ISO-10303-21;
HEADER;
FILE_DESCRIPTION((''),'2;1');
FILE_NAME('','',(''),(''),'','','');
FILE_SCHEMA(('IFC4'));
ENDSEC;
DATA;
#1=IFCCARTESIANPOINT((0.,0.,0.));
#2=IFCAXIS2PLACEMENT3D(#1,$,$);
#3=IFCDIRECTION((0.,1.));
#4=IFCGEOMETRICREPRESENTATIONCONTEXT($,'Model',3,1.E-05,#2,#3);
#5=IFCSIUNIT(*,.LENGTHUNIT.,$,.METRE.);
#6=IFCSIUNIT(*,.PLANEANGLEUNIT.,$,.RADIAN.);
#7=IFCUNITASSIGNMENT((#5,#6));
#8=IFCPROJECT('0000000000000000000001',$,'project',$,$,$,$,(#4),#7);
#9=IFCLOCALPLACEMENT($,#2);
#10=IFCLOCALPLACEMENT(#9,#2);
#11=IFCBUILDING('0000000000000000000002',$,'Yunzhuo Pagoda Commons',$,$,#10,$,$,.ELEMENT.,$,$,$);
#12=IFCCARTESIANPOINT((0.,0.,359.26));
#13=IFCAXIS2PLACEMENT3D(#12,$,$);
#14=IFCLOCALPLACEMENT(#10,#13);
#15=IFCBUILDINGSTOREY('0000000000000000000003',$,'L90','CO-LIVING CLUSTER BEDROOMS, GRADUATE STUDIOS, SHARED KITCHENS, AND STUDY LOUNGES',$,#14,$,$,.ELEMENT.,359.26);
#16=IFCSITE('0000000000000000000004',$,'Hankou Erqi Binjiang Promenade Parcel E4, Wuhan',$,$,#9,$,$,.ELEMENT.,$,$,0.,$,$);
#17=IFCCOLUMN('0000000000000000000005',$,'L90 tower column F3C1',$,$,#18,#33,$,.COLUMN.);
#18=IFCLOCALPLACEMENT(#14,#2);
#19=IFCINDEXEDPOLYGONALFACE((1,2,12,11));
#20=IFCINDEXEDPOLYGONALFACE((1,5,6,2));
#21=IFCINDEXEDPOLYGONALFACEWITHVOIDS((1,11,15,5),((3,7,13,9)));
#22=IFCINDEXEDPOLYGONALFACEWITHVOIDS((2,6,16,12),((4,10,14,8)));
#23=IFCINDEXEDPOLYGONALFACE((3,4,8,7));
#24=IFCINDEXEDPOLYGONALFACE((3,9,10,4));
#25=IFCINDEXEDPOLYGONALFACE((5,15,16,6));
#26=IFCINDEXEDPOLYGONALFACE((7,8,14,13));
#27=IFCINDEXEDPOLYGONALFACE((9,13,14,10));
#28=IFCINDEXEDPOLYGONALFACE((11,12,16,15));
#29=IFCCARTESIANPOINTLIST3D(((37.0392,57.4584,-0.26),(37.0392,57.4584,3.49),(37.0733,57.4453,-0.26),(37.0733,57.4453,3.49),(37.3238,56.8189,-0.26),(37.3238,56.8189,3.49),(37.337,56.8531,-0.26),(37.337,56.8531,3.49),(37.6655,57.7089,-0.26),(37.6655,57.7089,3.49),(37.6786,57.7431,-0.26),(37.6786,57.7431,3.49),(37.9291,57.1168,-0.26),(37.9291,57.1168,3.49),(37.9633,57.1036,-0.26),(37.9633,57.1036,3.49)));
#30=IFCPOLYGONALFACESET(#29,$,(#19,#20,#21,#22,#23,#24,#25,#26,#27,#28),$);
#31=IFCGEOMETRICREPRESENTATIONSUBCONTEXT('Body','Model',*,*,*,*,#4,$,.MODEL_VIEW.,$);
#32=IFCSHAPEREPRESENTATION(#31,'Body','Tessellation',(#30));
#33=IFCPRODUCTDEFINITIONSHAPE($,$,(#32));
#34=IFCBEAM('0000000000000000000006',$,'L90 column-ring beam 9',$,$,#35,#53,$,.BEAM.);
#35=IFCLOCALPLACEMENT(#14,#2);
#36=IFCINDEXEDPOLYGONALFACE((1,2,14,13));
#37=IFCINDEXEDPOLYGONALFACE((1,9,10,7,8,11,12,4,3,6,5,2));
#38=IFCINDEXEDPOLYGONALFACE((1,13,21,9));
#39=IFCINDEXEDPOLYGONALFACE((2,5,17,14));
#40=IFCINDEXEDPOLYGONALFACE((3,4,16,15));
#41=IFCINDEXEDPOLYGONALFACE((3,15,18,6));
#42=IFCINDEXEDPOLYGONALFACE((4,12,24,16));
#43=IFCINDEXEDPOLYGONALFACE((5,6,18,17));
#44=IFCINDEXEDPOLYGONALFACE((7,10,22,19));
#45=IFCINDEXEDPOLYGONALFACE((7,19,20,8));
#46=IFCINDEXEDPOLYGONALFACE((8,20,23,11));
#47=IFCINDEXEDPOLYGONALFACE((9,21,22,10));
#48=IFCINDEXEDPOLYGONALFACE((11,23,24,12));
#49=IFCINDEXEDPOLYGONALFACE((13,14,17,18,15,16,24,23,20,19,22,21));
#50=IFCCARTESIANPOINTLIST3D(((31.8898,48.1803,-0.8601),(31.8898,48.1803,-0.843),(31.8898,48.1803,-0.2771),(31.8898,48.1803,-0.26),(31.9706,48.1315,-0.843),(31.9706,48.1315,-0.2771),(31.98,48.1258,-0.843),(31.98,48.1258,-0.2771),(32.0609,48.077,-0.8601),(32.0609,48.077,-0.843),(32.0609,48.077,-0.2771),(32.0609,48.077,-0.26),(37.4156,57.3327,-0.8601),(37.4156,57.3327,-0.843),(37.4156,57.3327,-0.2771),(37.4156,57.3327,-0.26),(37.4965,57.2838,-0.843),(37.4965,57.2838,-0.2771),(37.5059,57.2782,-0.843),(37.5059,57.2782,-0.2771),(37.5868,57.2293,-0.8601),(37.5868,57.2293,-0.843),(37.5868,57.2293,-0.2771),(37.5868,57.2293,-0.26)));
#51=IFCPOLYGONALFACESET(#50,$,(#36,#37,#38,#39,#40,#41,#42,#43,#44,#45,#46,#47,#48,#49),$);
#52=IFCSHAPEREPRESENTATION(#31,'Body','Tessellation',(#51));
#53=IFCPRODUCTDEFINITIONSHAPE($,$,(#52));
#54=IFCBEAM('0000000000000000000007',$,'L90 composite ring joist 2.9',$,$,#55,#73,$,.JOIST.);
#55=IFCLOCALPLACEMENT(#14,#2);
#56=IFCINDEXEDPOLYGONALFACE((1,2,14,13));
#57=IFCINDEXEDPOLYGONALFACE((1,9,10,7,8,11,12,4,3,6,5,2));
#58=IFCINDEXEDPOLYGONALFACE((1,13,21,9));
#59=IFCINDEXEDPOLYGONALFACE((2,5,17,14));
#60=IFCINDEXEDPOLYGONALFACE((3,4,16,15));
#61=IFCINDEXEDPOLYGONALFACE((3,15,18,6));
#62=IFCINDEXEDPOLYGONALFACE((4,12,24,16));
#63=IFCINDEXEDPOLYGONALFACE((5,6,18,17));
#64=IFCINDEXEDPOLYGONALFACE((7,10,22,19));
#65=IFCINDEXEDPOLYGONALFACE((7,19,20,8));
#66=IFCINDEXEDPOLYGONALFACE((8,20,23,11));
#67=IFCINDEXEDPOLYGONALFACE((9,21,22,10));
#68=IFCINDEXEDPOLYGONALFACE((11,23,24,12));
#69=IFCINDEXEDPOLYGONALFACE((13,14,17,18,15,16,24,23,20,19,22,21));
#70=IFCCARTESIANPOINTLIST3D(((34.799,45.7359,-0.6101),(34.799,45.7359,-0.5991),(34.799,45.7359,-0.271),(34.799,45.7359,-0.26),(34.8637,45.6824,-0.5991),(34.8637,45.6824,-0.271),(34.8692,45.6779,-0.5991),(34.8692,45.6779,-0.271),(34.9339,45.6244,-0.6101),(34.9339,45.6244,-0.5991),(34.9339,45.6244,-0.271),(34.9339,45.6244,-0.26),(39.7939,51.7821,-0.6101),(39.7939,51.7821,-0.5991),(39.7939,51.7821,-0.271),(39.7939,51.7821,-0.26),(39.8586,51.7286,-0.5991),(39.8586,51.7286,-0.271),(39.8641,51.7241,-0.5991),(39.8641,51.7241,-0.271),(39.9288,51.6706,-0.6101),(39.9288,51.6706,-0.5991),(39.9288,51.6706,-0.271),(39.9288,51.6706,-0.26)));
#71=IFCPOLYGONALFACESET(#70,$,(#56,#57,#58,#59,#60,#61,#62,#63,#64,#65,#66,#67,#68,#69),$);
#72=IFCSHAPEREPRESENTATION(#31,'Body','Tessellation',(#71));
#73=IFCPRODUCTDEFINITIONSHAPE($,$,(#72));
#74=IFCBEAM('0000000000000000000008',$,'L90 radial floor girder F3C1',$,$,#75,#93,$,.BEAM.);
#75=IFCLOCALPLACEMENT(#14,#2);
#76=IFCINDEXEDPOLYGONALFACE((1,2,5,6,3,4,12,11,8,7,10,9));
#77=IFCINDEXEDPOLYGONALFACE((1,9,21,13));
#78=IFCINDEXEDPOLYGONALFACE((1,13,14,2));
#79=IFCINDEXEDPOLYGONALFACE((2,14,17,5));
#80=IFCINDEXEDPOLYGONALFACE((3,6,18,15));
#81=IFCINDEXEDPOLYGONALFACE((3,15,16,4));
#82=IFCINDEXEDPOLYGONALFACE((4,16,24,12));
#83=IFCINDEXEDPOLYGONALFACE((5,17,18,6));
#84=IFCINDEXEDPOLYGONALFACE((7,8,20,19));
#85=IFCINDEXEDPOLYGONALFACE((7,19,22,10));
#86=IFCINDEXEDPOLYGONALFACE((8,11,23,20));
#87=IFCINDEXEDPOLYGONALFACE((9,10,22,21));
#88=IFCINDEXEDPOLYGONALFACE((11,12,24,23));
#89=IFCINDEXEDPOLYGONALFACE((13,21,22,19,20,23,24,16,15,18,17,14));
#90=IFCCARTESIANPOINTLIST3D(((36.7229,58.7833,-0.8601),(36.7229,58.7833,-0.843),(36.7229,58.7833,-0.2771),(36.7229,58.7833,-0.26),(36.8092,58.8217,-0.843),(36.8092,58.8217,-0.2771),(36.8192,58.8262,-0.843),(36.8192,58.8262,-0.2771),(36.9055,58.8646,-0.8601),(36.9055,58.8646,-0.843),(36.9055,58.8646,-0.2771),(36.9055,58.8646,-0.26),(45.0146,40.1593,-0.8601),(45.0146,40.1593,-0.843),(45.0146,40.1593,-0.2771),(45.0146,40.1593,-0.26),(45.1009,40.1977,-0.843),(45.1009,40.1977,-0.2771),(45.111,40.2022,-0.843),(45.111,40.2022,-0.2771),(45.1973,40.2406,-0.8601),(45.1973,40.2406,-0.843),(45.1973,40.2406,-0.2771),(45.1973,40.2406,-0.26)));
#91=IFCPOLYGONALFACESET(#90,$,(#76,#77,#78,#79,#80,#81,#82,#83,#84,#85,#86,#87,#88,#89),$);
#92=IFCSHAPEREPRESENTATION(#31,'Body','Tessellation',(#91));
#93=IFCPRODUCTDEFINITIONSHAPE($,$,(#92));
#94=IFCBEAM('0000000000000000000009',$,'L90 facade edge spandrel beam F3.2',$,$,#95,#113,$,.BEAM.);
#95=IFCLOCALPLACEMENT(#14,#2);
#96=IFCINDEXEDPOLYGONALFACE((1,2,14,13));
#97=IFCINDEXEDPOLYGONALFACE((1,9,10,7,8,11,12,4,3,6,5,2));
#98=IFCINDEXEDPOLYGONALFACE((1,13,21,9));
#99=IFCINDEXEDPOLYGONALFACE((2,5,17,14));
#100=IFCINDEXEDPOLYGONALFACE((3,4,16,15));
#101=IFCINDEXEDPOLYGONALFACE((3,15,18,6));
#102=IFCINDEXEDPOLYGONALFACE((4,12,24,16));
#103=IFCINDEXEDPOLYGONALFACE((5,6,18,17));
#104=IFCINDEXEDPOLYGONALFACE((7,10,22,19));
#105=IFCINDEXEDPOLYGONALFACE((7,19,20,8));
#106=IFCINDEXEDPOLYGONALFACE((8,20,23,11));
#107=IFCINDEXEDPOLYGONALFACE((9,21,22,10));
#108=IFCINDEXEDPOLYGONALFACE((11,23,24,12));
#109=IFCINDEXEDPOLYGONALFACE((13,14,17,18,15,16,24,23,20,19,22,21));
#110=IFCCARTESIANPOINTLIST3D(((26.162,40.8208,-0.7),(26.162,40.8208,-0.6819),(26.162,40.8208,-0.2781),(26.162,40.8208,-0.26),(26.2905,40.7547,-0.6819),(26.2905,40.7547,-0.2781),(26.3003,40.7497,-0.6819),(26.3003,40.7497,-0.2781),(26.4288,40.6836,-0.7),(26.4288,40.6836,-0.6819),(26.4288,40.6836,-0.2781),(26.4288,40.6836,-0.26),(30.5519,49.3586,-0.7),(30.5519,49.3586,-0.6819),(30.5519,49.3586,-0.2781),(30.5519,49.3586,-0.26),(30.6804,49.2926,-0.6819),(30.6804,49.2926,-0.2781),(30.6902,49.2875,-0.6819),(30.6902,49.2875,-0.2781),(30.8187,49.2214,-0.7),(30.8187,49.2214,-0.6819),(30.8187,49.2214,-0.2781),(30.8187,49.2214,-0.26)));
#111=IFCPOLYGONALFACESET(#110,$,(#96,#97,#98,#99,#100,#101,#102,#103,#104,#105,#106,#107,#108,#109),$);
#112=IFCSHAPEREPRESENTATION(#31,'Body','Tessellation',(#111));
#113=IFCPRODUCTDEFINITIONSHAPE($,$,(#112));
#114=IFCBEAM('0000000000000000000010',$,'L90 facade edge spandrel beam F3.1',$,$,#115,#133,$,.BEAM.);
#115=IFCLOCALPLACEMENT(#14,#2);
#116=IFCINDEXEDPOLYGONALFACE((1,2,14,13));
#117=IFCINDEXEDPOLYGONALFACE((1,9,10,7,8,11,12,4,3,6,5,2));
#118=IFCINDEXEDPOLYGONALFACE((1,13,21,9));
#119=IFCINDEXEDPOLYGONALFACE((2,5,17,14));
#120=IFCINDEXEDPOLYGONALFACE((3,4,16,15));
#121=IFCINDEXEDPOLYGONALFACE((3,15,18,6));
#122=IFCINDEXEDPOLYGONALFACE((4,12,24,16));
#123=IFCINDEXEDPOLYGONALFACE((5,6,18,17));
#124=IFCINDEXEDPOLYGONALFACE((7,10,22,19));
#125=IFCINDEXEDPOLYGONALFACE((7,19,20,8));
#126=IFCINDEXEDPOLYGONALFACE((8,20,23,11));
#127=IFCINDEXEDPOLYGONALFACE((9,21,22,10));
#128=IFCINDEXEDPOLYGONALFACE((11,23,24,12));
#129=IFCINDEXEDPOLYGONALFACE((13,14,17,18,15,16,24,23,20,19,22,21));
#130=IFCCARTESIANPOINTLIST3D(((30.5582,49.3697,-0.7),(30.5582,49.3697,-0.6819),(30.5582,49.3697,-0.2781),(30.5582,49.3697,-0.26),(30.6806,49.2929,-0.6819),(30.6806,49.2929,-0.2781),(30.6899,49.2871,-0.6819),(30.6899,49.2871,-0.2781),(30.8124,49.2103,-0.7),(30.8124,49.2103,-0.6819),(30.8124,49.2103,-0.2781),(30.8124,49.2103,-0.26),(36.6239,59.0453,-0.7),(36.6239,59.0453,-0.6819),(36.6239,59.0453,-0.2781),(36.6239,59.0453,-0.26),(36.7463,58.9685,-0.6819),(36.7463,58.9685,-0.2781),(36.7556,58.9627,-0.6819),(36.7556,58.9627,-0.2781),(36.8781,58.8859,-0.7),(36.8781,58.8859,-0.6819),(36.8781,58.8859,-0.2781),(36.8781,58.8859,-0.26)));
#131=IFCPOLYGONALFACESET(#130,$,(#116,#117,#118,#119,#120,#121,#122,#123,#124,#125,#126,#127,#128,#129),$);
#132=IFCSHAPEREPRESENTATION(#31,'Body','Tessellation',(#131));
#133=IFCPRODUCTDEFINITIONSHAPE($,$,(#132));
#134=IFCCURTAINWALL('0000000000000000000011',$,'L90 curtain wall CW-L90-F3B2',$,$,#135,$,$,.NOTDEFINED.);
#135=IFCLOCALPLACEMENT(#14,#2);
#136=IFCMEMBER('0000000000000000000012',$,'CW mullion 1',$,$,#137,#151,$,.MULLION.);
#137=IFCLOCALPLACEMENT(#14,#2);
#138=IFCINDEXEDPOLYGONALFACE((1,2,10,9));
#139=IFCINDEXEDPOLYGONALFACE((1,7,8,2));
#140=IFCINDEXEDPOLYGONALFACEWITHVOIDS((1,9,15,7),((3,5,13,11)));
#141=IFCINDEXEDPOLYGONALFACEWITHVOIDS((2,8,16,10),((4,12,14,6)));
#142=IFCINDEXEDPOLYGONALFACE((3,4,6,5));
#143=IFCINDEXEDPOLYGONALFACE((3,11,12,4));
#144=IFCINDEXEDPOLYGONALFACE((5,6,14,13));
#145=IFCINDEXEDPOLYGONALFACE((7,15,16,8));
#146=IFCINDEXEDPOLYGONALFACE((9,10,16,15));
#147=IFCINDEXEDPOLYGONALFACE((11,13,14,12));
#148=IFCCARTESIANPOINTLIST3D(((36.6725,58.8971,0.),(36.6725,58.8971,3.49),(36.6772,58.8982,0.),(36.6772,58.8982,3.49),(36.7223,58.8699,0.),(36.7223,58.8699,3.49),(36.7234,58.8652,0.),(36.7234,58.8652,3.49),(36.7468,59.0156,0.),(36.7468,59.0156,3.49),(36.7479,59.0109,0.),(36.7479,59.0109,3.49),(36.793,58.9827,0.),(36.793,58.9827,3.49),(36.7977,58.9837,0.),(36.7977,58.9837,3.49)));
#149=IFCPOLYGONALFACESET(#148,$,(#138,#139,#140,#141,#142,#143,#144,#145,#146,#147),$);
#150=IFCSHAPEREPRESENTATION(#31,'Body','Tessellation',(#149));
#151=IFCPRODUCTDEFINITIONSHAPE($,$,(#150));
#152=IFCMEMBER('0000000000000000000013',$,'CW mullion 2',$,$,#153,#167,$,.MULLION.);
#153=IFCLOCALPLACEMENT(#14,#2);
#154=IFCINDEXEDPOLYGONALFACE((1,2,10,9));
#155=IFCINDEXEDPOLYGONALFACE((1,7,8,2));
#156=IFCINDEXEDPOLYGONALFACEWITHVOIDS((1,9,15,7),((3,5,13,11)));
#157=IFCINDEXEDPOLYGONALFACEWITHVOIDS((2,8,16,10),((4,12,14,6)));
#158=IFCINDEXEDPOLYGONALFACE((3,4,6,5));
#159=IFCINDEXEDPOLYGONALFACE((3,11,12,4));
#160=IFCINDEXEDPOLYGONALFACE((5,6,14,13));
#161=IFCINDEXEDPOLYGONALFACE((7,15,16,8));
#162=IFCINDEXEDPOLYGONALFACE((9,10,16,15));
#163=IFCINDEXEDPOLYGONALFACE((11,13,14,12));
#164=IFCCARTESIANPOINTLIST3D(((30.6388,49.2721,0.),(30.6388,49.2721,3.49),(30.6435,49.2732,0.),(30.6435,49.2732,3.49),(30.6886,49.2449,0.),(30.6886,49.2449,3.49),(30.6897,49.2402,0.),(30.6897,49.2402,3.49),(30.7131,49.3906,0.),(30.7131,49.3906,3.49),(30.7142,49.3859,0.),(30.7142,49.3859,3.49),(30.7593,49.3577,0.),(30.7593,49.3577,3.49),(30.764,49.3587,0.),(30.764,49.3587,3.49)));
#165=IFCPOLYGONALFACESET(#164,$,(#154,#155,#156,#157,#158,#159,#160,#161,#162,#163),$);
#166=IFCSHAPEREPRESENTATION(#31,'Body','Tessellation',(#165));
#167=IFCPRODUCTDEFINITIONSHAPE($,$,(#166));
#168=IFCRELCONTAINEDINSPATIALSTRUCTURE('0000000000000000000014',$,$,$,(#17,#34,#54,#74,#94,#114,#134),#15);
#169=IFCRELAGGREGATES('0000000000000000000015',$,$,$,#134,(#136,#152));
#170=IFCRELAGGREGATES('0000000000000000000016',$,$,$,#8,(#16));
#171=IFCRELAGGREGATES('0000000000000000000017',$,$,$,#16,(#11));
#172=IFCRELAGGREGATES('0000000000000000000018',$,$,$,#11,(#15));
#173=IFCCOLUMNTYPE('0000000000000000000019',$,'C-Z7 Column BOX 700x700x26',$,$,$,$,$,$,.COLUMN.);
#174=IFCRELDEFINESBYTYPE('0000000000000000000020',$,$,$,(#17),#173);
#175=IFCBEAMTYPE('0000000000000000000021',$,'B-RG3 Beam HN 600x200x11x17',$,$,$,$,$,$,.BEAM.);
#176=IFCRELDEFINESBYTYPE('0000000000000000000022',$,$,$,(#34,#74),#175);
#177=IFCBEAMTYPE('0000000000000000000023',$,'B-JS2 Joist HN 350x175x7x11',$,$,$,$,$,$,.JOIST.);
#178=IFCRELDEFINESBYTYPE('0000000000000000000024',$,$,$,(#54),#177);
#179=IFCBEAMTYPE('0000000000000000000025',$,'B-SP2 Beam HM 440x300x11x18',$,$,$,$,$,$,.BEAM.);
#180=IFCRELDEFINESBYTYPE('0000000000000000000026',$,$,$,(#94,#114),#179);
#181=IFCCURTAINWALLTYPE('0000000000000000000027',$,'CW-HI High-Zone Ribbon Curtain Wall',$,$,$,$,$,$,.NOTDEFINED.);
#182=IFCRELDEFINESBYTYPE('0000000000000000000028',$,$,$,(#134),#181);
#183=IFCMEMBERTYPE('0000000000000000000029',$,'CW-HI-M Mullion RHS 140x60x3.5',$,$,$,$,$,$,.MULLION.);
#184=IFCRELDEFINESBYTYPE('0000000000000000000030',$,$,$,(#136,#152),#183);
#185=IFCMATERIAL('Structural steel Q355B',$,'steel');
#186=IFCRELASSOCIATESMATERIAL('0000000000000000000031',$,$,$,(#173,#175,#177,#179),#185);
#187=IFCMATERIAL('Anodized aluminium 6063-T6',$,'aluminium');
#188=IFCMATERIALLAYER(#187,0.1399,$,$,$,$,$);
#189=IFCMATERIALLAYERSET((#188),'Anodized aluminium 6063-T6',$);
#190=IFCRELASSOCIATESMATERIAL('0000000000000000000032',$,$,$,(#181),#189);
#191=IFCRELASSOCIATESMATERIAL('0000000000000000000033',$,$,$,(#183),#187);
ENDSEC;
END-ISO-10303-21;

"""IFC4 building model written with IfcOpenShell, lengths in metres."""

from ifc_helpers import new_model, si_unit, direction, frame, origin, origin_2d, place, context, subcontext, project, spatial, hollow_rectangle, i_section, extrude, source, transform, mapped, material, layer, layer_set, material_profile, profile_set, type_object, element, aggregate, save


model = new_model("IFC4")

# Units and contexts
model_context = context("Model", 3, precision=1e-05, world=origin(), true_north=direction((0.0, 1.0)))
body_context = subcontext(model_context, "Body", "Model", "MODEL_VIEW")
ifc_project = project(units=[si_unit("LENGTHUNIT", "METRE"), si_unit("PLANEANGLEUNIT", "RADIAN")], contexts=[model_context])

# Site, building, storey
site_placement = place(None, origin())
site = spatial("IfcSite", under=ifc_project, at=site_placement, Name="Hankou Erqi Binjiang Promenade Parcel E4, Wuhan", CompositionType="ELEMENT", RefElevation=0.0)
building_placement = place(site_placement, origin())
building = spatial("IfcBuilding", under=site, at=building_placement, Name="Yunzhuo Pagoda Commons", CompositionType="ELEMENT")
storey_placement = place(building_placement, frame((0.0, 0.0, 359.26)))
storey = spatial("IfcBuildingStorey", under=building, at=storey_placement, Name="L90", Description="CO-LIVING CLUSTER BEDROOMS, GRADUATE STUDIOS, SHARED KITCHENS, AND STUDY LOUNGES", CompositionType="ELEMENT", Elevation=359.26)

# Column
ifc_material_1 = material(Name="Structural steel Q355B", Category="steel")
ifc_material_profile_1 = material_profile(ifc_material_1, hollow_rectangle(XDim=0.7, YDim=0.7, WallThickness=0.0259, at=origin_2d()), Name="Structural steel Q355B")
ifc_profile_set_1 = profile_set([ifc_material_profile_1], Name="Structural steel Q355B")
column_type = type_object("IfcColumnType", Name="C-Z7 Column BOX 700x700x26", PredefinedType="COLUMN", material=ifc_profile_set_1)
shared_shape_1 = source(origin(), body_context, "Body", "SweptSolid", [
    extrude(hollow_rectangle(XDim=0.7, YDim=0.7, WallThickness=0.0259, at=origin_2d()), origin(), (0.0, 0.0, 1.0), 3.75),
])
column_placement = place(storey_placement, frame((37.5012, 57.281, -0.26), z_axis=(0.0, 0.0, 1.0), x_axis=(-0.913545, -0.406737, 0.0)))
element("IfcColumn", 1, at=column_placement, inside=storey, type_object=column_type, Name="L90 tower column F3C1", PredefinedType="COLUMN", context=body_context, shape_type="MappedRepresentation", body=[
    mapped(shared_shape_1, transform((0.0, 0.0, 0.0), scale=1.0)),
])

# Beams
ifc_material_profile_2 = material_profile(ifc_material_1, i_section(OverallWidth=0.2, OverallDepth=0.6001, WebThickness=0.011, FlangeThickness=0.0171, at=origin_2d()), Name="Structural steel Q355B")
ifc_profile_set_2 = profile_set([ifc_material_profile_2], Name="Structural steel Q355B")
beam_type_1 = type_object("IfcBeamType", Name="B-RG3 Beam HN 600x200x11x17", PredefinedType="BEAM", material=ifc_profile_set_2)
shared_shape_2 = source(origin(), body_context, "Body", "SweptSolid", [
    extrude(i_section(OverallWidth=0.2, OverallDepth=0.6001, WebThickness=0.011, FlangeThickness=0.0171, at=origin_2d()), origin(), (0.0, 0.0, 1.0), 10.6912),
])
beam_1_placement = place(storey_placement, frame((37.5012, 57.281, -0.5601), z_axis=(-0.516865, -0.856067, 0.0), x_axis=(0.856067, -0.516865, 0.0)))
element("IfcBeam", 2, at=beam_1_placement, inside=storey, type_object=beam_type_1, Name="L90 column-ring beam 9", PredefinedType="BEAM", context=body_context, shape_type="MappedRepresentation", body=[
    mapped(shared_shape_2, transform((0.0, 0.0, 0.0), scale=1.0)),
])
ifc_material_profile_3 = material_profile(ifc_material_1, i_section(OverallWidth=0.175, OverallDepth=0.3501, WebThickness=0.0071, FlangeThickness=0.011, at=origin_2d()), Name="Structural steel Q355B")
ifc_profile_set_3 = profile_set([ifc_material_profile_3], Name="Structural steel Q355B")
beam_type_2 = type_object("IfcBeamType", Name="B-JS2 Joist HN 350x175x7x11", PredefinedType="JOIST", material=ifc_profile_set_3)
shared_shape_3 = source(origin(), body_context, "Body", "SweptSolid", [
    extrude(i_section(OverallWidth=0.175, OverallDepth=0.3501, WebThickness=0.0071, FlangeThickness=0.011, at=origin_2d()), origin(), (0.0, 0.0, 1.0), 7.8425),
])
beam_2_placement = place(storey_placement, frame((39.8613, 51.7263, -0.4351), z_axis=(-0.636899, -0.770947, 0.0), x_axis=(0.770947, -0.636899, 0.0)))
element("IfcBeam", 3, at=beam_2_placement, inside=storey, type_object=beam_type_2, Name="L90 composite ring joist 2.9", PredefinedType="JOIST", context=body_context, shape_type="MappedRepresentation", body=[
    mapped(shared_shape_3, transform((0.0, 0.0, 0.0), scale=1.0)),
])
shared_shape_4 = source(origin(), body_context, "Body", "SweptSolid", [
    extrude(i_section(OverallWidth=0.2, OverallDepth=0.6001, WebThickness=0.011, FlangeThickness=0.0171, at=origin_2d()), origin(), (0.0, 0.0, 1.0), 20.3865),
])
beam_3_placement = place(storey_placement, frame((36.8142, 58.824, -0.5601), z_axis=(0.406728, -0.913549, 0.0), x_axis=(0.913549, 0.406728, 0.0)))
element("IfcBeam", 4, at=beam_3_placement, inside=storey, type_object=beam_type_1, Name="L90 radial floor girder F3C1", PredefinedType="BEAM", context=body_context, shape_type="MappedRepresentation", body=[
    mapped(shared_shape_4, transform((0.0, 0.0, 0.0), scale=1.0)),
])
ifc_material_profile_4 = material_profile(ifc_material_1, i_section(OverallWidth=0.3, OverallDepth=0.4399, WebThickness=0.011, FlangeThickness=0.0181, at=origin_2d()), Name="Structural steel Q355B")
ifc_profile_set_4 = profile_set([ifc_material_profile_4], Name="Structural steel Q355B")
beam_type_3 = type_object("IfcBeamType", Name="B-SP2 Beam HM 440x300x11x18", PredefinedType="BEAM", material=ifc_profile_set_4)
shared_shape_5 = source(origin(), body_context, "Body", "SweptSolid", [
    extrude(i_section(OverallWidth=0.3, OverallDepth=0.4399, WebThickness=0.011, FlangeThickness=0.0181, at=origin_2d()), origin(), (0.0, 0.0, 1.0), 9.6003),
])
beam_4_placement = place(storey_placement, frame((30.6853, 49.29, -0.48), z_axis=(-0.457266, -0.88933, 0.0), x_axis=(0.88933, -0.457266, 0.0)))
element("IfcBeam", 5, at=beam_4_placement, inside=storey, type_object=beam_type_3, Name="L90 facade edge spandrel beam F3.2", PredefinedType="BEAM", context=body_context, shape_type="MappedRepresentation", body=[
    mapped(shared_shape_5, transform((0.0, 0.0, 0.0), scale=1.0)),
])
shared_shape_6 = source(origin(), body_context, "Body", "SweptSolid", [
    extrude(i_section(OverallWidth=0.3, OverallDepth=0.4399, WebThickness=0.011, FlangeThickness=0.0181, at=origin_2d()), origin(), (0.0, 0.0, 1.0), 11.4197),
])
beam_5_placement = place(storey_placement, frame((36.751, 58.9656, -0.48), z_axis=(-0.531161, -0.847271, 0.0), x_axis=(0.847271, -0.531161, 0.0)))
element("IfcBeam", 6, at=beam_5_placement, inside=storey, type_object=beam_type_3, Name="L90 facade edge spandrel beam F3.1", PredefinedType="BEAM", context=body_context, shape_type="MappedRepresentation", body=[
    mapped(shared_shape_6, transform((0.0, 0.0, 0.0), scale=1.0)),
])

# Curtain wall, members
ifc_material_2 = material(Name="Anodized aluminium 6063-T6", Category="aluminium")
ifc_layer_1 = layer(ifc_material_2, 0.1399)
ifc_layer_set_1 = layer_set([ifc_layer_1], Name="Anodized aluminium 6063-T6")
curtain_wall_type = type_object("IfcCurtainWallType", Name="CW-HI High-Zone Ribbon Curtain Wall", PredefinedType="NOTDEFINED", material=ifc_layer_set_1)
curtain_wall_1_placement = place(storey_placement, origin())
curtain_wall_1 = element("IfcCurtainWall", 7, at=curtain_wall_1_placement, inside=storey, type_object=curtain_wall_type, Name="L90 curtain wall CW-L90-F3B2", PredefinedType="NOTDEFINED")
ifc_material_profile_5 = material_profile(ifc_material_2, hollow_rectangle(XDim=0.0601, YDim=0.1399, WallThickness=0.0034, at=origin_2d()), Name="Anodized aluminium 6063-T6")
ifc_profile_set_5 = profile_set([ifc_material_profile_5], Name="Anodized aluminium 6063-T6")
member_type_1 = type_object("IfcMemberType", Name="CW-HI-M Mullion RHS 140x60x3.5", PredefinedType="MULLION", material=ifc_profile_set_5)
shared_shape_7 = source(origin(), body_context, "Body", "SweptSolid", [
    extrude(hollow_rectangle(XDim=0.0601, YDim=0.1399, WallThickness=0.0034, at=origin_2d()), origin(), (0.0, 0.0, 1.0), 3.49),
])
member_1_placement = place(storey_placement, frame((36.7351, 58.9404, 0.0), z_axis=(0.0, 0.0, 1.0), x_axis=(0.847273, -0.531158, 0.0)))
member_1 = element("IfcMember", 8, at=member_1_placement, type_object=member_type_1, Name="CW mullion 1", PredefinedType="MULLION", context=body_context, shape_type="MappedRepresentation", body=[
    mapped(shared_shape_7, transform((0.0, 0.0, 0.0), scale=1.0)),
])
member_2_placement = place(storey_placement, frame((30.7014, 49.3154, 0.0), z_axis=(0.0, 0.0, 1.0), x_axis=(0.847273, -0.531158, 0.0)))
member_2 = element("IfcMember", 9, at=member_2_placement, type_object=member_type_1, Name="CW mullion 2", PredefinedType="MULLION", context=body_context, shape_type="MappedRepresentation", body=[
    mapped(shared_shape_7, transform((0.0, 0.0, 0.0), scale=1.0)),
])

aggregate(curtain_wall_1, [member_1, member_2])

save(model, "model.ifc")
